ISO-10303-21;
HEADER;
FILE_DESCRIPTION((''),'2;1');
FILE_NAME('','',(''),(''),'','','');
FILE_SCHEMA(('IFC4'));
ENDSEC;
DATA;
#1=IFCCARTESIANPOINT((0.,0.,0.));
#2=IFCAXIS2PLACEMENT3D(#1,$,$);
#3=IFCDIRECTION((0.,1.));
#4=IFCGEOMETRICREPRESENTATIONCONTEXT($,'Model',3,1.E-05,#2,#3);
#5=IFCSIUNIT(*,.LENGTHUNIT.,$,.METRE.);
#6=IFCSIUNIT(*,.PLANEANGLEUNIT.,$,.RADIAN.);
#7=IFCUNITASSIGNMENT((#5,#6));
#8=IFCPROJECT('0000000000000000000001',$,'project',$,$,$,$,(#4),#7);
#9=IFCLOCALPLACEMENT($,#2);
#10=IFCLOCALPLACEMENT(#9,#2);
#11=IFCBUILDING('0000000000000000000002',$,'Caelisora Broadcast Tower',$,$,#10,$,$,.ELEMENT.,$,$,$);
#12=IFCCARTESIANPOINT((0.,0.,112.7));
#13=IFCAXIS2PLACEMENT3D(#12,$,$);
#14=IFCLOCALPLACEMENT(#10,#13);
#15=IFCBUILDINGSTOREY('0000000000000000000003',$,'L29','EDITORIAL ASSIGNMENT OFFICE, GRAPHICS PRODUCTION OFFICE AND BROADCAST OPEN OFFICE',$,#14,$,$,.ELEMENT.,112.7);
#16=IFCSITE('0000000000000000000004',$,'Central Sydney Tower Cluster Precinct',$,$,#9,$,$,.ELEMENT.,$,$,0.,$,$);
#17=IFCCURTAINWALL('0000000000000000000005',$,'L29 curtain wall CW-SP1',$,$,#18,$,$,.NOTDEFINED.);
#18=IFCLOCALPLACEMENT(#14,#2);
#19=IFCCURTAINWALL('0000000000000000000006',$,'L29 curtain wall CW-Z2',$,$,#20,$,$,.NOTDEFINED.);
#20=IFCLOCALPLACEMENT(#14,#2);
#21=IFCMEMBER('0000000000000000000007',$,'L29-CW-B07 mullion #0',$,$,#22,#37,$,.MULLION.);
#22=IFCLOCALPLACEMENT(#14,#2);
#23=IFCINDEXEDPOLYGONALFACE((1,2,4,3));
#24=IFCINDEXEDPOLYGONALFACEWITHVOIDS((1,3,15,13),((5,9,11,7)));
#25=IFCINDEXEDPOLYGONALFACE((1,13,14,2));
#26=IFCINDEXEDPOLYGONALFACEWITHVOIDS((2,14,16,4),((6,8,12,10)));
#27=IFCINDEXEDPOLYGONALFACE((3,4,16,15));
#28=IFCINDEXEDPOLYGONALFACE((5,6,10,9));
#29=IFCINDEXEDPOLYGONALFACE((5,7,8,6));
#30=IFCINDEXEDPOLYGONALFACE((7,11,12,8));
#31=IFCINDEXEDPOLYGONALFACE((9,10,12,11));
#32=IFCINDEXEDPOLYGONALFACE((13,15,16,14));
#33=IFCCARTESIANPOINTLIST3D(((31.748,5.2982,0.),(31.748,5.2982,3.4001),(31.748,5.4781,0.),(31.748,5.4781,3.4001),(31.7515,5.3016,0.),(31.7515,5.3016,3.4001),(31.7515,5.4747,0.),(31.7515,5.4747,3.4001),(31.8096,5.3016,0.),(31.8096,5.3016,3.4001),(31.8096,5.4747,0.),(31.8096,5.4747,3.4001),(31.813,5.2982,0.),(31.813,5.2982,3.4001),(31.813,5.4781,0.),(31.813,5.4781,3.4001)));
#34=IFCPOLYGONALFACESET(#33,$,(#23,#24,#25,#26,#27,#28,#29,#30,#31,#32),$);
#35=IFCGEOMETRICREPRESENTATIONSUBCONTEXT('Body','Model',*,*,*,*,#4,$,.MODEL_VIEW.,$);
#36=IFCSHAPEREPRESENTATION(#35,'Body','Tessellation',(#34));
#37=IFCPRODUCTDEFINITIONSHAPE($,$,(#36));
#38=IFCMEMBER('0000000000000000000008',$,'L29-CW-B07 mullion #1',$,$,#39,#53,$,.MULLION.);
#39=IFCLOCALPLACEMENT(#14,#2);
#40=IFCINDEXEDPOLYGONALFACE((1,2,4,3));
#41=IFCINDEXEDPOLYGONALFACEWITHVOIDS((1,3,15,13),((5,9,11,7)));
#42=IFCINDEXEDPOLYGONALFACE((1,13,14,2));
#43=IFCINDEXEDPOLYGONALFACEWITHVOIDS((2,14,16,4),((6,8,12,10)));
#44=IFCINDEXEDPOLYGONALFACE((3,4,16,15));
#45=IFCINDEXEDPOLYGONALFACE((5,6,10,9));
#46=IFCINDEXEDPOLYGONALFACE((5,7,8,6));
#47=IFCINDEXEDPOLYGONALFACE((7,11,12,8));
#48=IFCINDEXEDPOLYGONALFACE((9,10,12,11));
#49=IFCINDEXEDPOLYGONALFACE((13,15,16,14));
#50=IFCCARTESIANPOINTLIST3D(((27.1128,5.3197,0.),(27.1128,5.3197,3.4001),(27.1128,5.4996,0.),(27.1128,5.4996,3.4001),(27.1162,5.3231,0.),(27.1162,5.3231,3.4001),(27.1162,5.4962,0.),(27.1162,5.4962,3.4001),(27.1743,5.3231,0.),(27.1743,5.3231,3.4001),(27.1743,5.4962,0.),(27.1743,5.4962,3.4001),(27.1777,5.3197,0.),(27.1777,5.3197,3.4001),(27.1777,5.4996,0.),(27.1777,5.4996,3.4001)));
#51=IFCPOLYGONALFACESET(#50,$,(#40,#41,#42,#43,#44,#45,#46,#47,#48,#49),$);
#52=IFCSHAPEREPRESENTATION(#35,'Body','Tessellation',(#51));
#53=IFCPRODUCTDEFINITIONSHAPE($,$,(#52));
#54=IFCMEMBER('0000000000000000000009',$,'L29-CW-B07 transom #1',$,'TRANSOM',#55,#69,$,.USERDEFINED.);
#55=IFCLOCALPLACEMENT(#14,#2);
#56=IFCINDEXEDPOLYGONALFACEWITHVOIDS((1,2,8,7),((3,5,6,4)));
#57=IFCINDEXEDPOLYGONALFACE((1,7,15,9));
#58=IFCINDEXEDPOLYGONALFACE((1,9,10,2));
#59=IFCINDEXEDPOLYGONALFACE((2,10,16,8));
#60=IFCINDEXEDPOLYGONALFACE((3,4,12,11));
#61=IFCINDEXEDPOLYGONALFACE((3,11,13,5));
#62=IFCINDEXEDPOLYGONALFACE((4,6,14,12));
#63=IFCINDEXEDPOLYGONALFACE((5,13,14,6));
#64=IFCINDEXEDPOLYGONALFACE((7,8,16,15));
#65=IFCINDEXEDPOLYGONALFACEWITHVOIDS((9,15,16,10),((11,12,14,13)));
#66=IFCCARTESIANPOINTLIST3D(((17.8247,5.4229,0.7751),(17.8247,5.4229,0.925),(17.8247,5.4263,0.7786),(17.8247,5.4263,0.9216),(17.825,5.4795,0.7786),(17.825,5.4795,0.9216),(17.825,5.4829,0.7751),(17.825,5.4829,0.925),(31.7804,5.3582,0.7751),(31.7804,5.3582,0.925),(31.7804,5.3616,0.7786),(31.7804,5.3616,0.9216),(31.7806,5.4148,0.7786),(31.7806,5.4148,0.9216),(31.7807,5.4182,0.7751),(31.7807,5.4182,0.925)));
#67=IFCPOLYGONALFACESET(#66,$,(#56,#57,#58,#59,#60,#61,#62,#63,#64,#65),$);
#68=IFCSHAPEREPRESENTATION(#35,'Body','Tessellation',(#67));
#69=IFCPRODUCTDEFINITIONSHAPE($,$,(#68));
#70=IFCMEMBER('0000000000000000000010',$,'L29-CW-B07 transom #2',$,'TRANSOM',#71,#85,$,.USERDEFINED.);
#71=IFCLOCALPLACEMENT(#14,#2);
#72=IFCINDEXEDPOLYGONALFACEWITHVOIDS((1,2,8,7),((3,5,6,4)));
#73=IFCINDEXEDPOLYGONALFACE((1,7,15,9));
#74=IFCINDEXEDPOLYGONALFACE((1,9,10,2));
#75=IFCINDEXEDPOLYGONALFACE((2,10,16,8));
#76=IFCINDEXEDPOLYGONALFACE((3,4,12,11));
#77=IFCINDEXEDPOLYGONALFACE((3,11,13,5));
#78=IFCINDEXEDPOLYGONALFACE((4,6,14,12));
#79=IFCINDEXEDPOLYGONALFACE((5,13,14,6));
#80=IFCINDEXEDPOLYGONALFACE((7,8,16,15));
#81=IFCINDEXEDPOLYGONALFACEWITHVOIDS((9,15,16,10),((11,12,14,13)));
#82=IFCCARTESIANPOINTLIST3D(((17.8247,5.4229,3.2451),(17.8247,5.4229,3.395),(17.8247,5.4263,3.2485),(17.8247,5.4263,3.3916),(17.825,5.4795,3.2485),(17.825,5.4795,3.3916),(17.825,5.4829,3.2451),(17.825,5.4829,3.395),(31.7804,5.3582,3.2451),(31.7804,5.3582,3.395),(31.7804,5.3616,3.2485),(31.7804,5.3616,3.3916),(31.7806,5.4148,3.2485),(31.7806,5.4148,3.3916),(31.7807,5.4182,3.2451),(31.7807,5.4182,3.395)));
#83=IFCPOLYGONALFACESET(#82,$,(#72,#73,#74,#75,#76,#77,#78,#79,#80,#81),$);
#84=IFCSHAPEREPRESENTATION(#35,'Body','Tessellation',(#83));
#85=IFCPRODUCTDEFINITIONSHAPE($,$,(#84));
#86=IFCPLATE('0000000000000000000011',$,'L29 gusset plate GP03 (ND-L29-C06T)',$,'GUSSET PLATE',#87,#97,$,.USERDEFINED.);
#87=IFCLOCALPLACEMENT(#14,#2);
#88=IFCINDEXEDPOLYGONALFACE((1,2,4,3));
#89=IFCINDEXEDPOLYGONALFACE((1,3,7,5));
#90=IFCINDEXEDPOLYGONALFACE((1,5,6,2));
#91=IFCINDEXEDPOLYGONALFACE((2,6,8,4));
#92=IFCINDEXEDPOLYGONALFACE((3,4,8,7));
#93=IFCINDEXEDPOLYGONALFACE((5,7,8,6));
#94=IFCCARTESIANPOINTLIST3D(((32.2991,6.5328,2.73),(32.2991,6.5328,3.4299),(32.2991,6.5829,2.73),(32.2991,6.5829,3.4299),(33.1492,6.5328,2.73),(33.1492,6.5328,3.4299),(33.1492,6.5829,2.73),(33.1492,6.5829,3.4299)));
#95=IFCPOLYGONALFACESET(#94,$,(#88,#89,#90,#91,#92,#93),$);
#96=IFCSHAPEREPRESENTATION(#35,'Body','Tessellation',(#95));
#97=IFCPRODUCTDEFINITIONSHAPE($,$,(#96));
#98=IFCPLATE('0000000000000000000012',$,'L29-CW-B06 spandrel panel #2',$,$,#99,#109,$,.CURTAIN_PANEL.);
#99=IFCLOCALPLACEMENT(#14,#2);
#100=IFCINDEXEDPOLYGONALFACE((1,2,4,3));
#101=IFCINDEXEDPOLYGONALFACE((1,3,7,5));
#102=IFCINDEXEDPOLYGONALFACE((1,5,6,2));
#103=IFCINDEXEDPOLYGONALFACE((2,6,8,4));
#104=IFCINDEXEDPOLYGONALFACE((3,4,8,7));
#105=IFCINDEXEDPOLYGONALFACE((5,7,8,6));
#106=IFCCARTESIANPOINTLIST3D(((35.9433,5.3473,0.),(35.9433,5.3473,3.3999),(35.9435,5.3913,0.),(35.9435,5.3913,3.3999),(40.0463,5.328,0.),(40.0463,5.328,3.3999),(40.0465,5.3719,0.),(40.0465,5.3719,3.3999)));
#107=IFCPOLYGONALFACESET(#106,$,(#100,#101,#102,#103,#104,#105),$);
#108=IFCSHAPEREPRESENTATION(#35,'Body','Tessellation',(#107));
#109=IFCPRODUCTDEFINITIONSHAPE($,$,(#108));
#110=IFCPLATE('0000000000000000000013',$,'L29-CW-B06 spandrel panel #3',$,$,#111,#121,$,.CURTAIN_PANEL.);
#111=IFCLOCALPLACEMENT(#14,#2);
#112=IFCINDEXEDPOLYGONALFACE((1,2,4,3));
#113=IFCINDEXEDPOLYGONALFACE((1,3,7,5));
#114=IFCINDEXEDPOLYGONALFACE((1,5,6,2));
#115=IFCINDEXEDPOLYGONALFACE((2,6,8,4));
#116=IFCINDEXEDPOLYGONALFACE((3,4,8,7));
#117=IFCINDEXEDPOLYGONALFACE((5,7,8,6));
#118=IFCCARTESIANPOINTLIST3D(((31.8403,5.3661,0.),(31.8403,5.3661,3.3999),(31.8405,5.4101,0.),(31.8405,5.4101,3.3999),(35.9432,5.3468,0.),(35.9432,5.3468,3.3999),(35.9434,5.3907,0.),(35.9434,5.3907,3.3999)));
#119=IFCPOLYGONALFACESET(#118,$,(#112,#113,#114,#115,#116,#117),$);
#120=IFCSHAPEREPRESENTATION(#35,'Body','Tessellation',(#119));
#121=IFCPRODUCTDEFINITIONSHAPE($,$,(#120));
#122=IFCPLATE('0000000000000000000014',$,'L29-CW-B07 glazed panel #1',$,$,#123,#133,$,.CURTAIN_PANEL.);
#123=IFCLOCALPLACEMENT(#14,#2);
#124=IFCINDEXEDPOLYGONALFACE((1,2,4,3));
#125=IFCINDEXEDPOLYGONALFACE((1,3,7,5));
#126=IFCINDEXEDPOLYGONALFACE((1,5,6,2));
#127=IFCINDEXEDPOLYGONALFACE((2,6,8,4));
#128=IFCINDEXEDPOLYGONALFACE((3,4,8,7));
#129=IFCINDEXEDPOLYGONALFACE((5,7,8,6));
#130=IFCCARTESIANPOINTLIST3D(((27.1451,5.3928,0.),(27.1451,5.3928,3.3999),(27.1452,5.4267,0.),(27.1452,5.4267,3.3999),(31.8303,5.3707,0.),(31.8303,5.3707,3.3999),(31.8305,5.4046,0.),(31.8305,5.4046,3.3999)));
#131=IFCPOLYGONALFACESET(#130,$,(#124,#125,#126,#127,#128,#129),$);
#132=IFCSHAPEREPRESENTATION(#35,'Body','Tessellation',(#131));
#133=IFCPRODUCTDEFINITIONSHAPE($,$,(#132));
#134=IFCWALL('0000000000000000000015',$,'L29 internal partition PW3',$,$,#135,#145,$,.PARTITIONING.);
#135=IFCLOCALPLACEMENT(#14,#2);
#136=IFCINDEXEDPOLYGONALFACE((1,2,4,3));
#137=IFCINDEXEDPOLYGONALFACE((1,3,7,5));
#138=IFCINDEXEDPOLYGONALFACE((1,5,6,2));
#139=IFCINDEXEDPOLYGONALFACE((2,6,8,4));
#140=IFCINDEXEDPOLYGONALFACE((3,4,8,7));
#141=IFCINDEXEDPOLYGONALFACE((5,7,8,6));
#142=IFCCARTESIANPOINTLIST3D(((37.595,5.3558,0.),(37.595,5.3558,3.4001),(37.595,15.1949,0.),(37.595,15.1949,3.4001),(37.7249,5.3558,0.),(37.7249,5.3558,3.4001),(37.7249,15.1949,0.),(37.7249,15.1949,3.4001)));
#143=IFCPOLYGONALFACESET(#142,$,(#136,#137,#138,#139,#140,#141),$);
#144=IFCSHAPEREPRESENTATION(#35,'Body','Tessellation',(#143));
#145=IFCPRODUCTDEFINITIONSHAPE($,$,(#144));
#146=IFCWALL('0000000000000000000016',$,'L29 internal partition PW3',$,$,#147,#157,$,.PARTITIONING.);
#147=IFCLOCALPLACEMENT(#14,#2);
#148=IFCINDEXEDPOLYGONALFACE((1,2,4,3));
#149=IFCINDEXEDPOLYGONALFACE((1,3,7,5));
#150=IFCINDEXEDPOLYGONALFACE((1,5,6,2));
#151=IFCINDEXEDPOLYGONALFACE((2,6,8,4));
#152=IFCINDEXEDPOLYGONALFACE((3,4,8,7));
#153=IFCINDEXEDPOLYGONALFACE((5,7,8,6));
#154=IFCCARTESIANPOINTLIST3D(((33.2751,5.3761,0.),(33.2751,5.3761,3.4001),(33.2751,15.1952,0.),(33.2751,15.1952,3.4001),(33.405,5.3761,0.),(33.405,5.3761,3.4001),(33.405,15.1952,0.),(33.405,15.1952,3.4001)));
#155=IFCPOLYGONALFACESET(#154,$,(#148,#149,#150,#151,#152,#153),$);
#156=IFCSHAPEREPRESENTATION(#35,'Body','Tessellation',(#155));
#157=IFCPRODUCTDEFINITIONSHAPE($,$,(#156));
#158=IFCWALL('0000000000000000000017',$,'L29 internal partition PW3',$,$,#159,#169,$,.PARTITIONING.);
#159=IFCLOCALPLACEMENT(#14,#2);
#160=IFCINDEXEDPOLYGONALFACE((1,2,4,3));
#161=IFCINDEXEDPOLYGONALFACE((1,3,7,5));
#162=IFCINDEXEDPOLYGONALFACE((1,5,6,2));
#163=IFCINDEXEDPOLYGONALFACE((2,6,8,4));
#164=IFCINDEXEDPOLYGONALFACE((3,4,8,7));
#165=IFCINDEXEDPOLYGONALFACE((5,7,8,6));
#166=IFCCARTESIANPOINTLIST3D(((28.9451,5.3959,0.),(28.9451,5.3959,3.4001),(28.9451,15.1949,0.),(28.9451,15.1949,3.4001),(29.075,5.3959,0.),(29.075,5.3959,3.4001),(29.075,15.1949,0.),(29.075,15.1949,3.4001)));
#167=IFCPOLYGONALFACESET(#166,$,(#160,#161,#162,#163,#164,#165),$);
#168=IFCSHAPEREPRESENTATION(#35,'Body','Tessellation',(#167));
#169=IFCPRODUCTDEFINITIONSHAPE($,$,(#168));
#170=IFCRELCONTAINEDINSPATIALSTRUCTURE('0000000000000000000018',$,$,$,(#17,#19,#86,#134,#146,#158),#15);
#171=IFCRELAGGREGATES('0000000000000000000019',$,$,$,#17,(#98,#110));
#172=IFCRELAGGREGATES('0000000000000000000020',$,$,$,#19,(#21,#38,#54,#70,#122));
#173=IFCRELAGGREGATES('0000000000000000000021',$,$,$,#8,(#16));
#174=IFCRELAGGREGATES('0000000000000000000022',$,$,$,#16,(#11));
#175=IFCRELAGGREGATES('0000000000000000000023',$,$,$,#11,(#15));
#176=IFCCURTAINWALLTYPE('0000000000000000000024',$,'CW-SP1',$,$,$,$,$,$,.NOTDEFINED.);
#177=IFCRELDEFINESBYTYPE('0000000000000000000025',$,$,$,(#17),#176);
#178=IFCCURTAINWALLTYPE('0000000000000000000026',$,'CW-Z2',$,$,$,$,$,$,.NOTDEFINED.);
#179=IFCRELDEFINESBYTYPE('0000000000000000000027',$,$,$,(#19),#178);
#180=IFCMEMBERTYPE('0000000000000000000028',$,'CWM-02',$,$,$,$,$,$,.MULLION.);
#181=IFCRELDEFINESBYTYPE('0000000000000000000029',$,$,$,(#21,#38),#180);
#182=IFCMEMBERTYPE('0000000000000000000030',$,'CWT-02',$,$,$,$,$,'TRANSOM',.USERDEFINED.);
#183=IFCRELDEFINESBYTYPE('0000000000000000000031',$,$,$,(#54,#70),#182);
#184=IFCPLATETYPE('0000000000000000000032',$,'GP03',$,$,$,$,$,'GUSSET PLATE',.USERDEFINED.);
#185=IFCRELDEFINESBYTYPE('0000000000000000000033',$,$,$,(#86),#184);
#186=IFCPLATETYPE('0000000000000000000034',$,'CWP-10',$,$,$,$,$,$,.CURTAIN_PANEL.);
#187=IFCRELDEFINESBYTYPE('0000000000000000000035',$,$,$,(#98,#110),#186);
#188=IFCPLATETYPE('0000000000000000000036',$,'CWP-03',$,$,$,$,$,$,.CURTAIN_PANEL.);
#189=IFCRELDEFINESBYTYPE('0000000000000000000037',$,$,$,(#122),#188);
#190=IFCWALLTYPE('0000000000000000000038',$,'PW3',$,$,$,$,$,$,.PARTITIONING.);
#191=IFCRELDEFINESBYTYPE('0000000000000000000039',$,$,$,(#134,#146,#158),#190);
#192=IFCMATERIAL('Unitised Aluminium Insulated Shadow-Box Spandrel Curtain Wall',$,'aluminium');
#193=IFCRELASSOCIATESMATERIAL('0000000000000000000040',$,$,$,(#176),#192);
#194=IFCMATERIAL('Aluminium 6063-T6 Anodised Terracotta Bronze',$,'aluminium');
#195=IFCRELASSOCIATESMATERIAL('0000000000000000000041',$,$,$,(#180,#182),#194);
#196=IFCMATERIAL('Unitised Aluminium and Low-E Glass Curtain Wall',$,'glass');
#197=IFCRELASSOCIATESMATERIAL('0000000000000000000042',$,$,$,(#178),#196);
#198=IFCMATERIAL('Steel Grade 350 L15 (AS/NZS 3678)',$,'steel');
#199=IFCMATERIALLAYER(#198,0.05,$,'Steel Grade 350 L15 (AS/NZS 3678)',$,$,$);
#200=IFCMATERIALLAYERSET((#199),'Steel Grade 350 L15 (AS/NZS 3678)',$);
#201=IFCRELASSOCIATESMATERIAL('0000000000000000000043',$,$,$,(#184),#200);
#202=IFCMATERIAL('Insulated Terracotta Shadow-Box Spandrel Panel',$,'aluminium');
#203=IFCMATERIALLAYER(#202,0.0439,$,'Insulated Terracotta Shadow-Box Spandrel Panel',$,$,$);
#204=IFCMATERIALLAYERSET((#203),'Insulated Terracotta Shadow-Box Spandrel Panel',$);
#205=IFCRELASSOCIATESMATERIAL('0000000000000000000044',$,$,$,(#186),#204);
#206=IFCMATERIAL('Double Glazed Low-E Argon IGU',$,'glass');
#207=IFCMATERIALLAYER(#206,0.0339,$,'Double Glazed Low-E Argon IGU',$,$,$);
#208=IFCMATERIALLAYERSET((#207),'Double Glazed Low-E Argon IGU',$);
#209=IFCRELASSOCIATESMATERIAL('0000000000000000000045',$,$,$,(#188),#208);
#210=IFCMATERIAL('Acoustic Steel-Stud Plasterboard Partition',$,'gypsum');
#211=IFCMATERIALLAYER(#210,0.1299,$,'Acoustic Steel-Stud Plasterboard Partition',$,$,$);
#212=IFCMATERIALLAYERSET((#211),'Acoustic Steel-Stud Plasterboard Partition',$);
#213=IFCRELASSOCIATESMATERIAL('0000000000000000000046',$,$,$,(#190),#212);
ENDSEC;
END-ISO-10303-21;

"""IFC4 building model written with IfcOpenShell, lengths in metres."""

from ifc_helpers import new_model, si_unit, direction, frame, frame_2d, origin, origin_2d, place, context, subcontext, project, spatial, rectangle, hollow_rectangle, extrude, source, transform, mapped, material, layer, layer_set, material_profile, profile_set, type_object, type_shapes, element, aggregate, save


model = new_model("IFC4")

# Units and contexts
model_context = context("Model", 3, precision=1e-05, world=origin(), true_north=direction((0.0, 1.0)))
body_context = subcontext(model_context, "Body", "Model", "MODEL_VIEW")
ifc_project = project(units=[si_unit("LENGTHUNIT", "METRE"), si_unit("PLANEANGLEUNIT", "RADIAN")], contexts=[model_context])

# Site, building, storey
site_placement = place(None, origin())
site = spatial("IfcSite", under=ifc_project, at=site_placement, Name="Central Sydney Tower Cluster Precinct", CompositionType="ELEMENT", RefElevation=0.0)
building_placement = place(site_placement, origin())
building = spatial("IfcBuilding", under=site, at=building_placement, Name="Caelisora Broadcast Tower", CompositionType="ELEMENT")
storey_placement = place(building_placement, frame((0.0, 0.0, 112.7)))
storey = spatial("IfcBuildingStorey", under=building, at=storey_placement, Name="L29", Description="EDITORIAL ASSIGNMENT OFFICE, GRAPHICS PRODUCTION OFFICE AND BROADCAST OPEN OFFICE", CompositionType="ELEMENT", Elevation=112.7)

# Shared definitions
ifc_material_1 = material(Name="Steel Grade 350 L15 (AS/NZS 3678)", Category="steel")

# Curtain walls, members
ifc_material_2 = material(Name="Unitised Aluminium Insulated Shadow-Box Spandrel Curtain Wall", Category="aluminium")
curtain_wall_type_1 = type_object("IfcCurtainWallType", Name="CW-SP1", PredefinedType="NOTDEFINED", material=ifc_material_2)
curtain_wall_1_placement = place(storey_placement, origin())
curtain_wall_1 = element("IfcCurtainWall", 1, at=curtain_wall_1_placement, inside=storey, type_object=curtain_wall_type_1, Name="L29 curtain wall CW-SP1", PredefinedType="NOTDEFINED")
ifc_material_3 = material(Name="Aluminium 6063-T6 Anodised Terracotta Bronze", Category="aluminium")
ifc_material_profile_1 = material_profile(ifc_material_3, hollow_rectangle(XDim=0.0649, YDim=0.1799, WallThickness=0.0034, at=origin_2d()), Name="Aluminium 6063-T6 Anodised Terracotta Bronze")
ifc_profile_set_1 = profile_set([ifc_material_profile_1], Name="Aluminium 6063-T6 Anodised Terracotta Bronze")
member_type_1 = type_object("IfcMemberType", Name="CWM-02", PredefinedType="MULLION", material=ifc_profile_set_1)
shared_shape_1 = source(origin(), body_context, "Body", "SweptSolid", [
    extrude(hollow_rectangle(XDim=0.0649, YDim=0.1799, WallThickness=0.0034, at=origin_2d()), origin(), (0.0, 0.0, 1.0), 3.4001),
])
type_shapes(member_type_1, [shared_shape_1])
ifc_material_4 = material(Name="Unitised Aluminium and Low-E Glass Curtain Wall", Category="glass")
curtain_wall_type_2 = type_object("IfcCurtainWallType", Name="CW-Z2", PredefinedType="NOTDEFINED", material=ifc_material_4)
curtain_wall_2_placement = place(storey_placement, origin())
curtain_wall_2 = element("IfcCurtainWall", 2, at=curtain_wall_2_placement, inside=storey, type_object=curtain_wall_type_2, Name="L29 curtain wall CW-Z2", PredefinedType="NOTDEFINED")
member_1_placement = place(storey_placement, frame((31.7805, 5.3882, 0.0), z_axis=(0.0, 0.0, 1.0), x_axis=(1.0, 0.0, 0.0)))
member_1 = element("IfcMember", 3, at=member_1_placement, type_object=member_type_1, Name="L29-CW-B07 mullion #0", PredefinedType="MULLION", context=body_context, shape_type="MappedRepresentation", body=[
    mapped(shared_shape_1, transform((0.0, 0.0, 0.0), scale=1.0)),
])
member_2_placement = place(storey_placement, frame((27.1453, 5.4097, 0.0), z_axis=(0.0, 0.0, 1.0), x_axis=(1.0, 0.0, 0.0)))
member_2 = element("IfcMember", 4, at=member_2_placement, type_object=member_type_1, Name="L29-CW-B07 mullion #1", PredefinedType="MULLION", context=body_context, shape_type="MappedRepresentation", body=[
    mapped(shared_shape_1, transform((0.0, 0.0, 0.0), scale=1.0)),
])
ifc_material_profile_2 = material_profile(ifc_material_3, hollow_rectangle(XDim=0.0601, YDim=0.1499, WallThickness=0.0034, at=origin_2d()), Name="Aluminium 6063-T6 Anodised Terracotta Bronze")
ifc_profile_set_2 = profile_set([ifc_material_profile_2], Name="Aluminium 6063-T6 Anodised Terracotta Bronze")
member_type_2 = type_object("IfcMemberType", Name="CWT-02", ElementType="TRANSOM", PredefinedType="USERDEFINED", material=ifc_profile_set_2)
shared_shape_2 = source(origin(), body_context, "Body", "SweptSolid", [
    extrude(hollow_rectangle(XDim=0.0601, YDim=0.1499, WallThickness=0.0034, at=origin_2d()), origin(), (0.0, 0.0, 1.0), 13.9558),
])
type_shapes(member_type_2, [shared_shape_2])
member_3_placement = place(storey_placement, frame((31.7805, 5.3882, 0.8501), z_axis=(-0.999989, 0.004636, 0.0), x_axis=(-0.004636, -0.999989, 0.0)))
member_3 = element("IfcMember", 5, at=member_3_placement, type_object=member_type_2, Name="L29-CW-B07 transom #1", ObjectType="TRANSOM", PredefinedType="USERDEFINED", context=body_context, shape_type="MappedRepresentation", body=[
    mapped(shared_shape_2, transform((0.0, 0.0, 0.0), scale=1.0)),
])
member_4_placement = place(storey_placement, frame((31.7805, 5.3882, 3.3201), z_axis=(-0.999989, 0.004636, 0.0), x_axis=(-0.004636, -0.999989, 0.0)))
member_4 = element("IfcMember", 6, at=member_4_placement, type_object=member_type_2, Name="L29-CW-B07 transom #2", ObjectType="TRANSOM", PredefinedType="USERDEFINED", context=body_context, shape_type="MappedRepresentation", body=[
    mapped(shared_shape_2, transform((0.0, 0.0, 0.0), scale=1.0)),
])

# Plates
ifc_layer_1 = layer(ifc_material_1, 0.05, Name="Steel Grade 350 L15 (AS/NZS 3678)")
ifc_layer_set_1 = layer_set([ifc_layer_1], Name="Steel Grade 350 L15 (AS/NZS 3678)")
plate_type_1 = type_object("IfcPlateType", Name="GP03", ElementType="GUSSET PLATE", PredefinedType="USERDEFINED", material=ifc_layer_set_1)
shared_shape_3 = source(origin(), body_context, "Body", "SweptSolid", [
    extrude(rectangle(XDim=0.8501, YDim=0.05, at=origin_2d()), origin(), (0.0, 0.0, 1.0), 0.7),
])
type_shapes(plate_type_1, [shared_shape_3])
plate_1_placement = place(storey_placement, frame((32.7241, 6.5579, 2.73), z_axis=(0.0, 0.0, 1.0), x_axis=(1.0, 0.0, 0.0)))
element("IfcPlate", 7, at=plate_1_placement, inside=storey, type_object=plate_type_1, Name="L29 gusset plate GP03 (ND-L29-C06T)", ObjectType="GUSSET PLATE", PredefinedType="USERDEFINED", context=body_context, shape_type="MappedRepresentation", body=[
    mapped(shared_shape_3, transform((0.0, 0.0, 0.0), scale=1.0)),
])
ifc_material_5 = material(Name="Insulated Terracotta Shadow-Box Spandrel Panel", Category="aluminium")
ifc_layer_2 = layer(ifc_material_5, 0.0439, Name="Insulated Terracotta Shadow-Box Spandrel Panel")
ifc_layer_set_2 = layer_set([ifc_layer_2], Name="Insulated Terracotta Shadow-Box Spandrel Panel")
plate_type_2 = type_object("IfcPlateType", Name="CWP-10", PredefinedType="CURTAIN_PANEL", material=ifc_layer_set_2)
shared_shape_4 = source(origin(), body_context, "Body", "SweptSolid", [
    extrude(rectangle(XDim=4.103, YDim=0.0439, at=origin_2d()), origin(), (0.0, 0.0, 1.0), 3.3999),
])
type_shapes(plate_type_2, [shared_shape_4])
plate_2_placement = place(storey_placement, frame((37.9949, 5.3596, 0.0), z_axis=(0.0, 0.0, 1.0), x_axis=(-0.999989, 0.004712, 0.0)))
plate_2 = element("IfcPlate", 8, at=plate_2_placement, type_object=plate_type_2, Name="L29-CW-B06 spandrel panel #2", PredefinedType="CURTAIN_PANEL", context=body_context, shape_type="MappedRepresentation", body=[
    mapped(shared_shape_4, transform((0.0, 0.0, 0.0), scale=1.0)),
])
plate_3_placement = place(storey_placement, frame((33.8918, 5.3784, 0.0), z_axis=(0.0, 0.0, 1.0), x_axis=(-0.999989, 0.004712, 0.0)))
plate_3 = element("IfcPlate", 9, at=plate_3_placement, type_object=plate_type_2, Name="L29-CW-B06 spandrel panel #3", PredefinedType="CURTAIN_PANEL", context=body_context, shape_type="MappedRepresentation", body=[
    mapped(shared_shape_4, transform((0.0, 0.0, 0.0), scale=1.0)),
])
aggregate(curtain_wall_1, [plate_2, plate_3])
ifc_material_6 = material(Name="Double Glazed Low-E Argon IGU", Category="glass")
ifc_layer_3 = layer(ifc_material_6, 0.0339, Name="Double Glazed Low-E Argon IGU")
ifc_layer_set_3 = layer_set([ifc_layer_3], Name="Double Glazed Low-E Argon IGU")
plate_type_3 = type_object("IfcPlateType", Name="CWP-03", PredefinedType="CURTAIN_PANEL", material=ifc_layer_set_3)
shared_shape_5 = source(origin(), body_context, "Body", "SweptSolid", [
    extrude(rectangle(XDim=4.6853, YDim=0.0339, at=origin_2d()), origin(), (0.0, 0.0, 1.0), 3.3999),
])
type_shapes(plate_type_3, [shared_shape_5])
plate_4_placement = place(storey_placement, frame((29.4878, 5.3987, 0.0), z_axis=(0.0, 0.0, 1.0), x_axis=(-0.999989, 0.004712, 0.0)))
plate_4 = element("IfcPlate", 10, at=plate_4_placement, type_object=plate_type_3, Name="L29-CW-B07 glazed panel #1", PredefinedType="CURTAIN_PANEL", context=body_context, shape_type="MappedRepresentation", body=[
    mapped(shared_shape_5, transform((0.0, 0.0, 0.0), scale=1.0)),
])
aggregate(curtain_wall_2, [member_1, member_2, member_3, member_4, plate_4])

# Walls
ifc_material_7 = material(Name="Acoustic Steel-Stud Plasterboard Partition", Category="gypsum")
ifc_layer_4 = layer(ifc_material_7, 0.1299, Name="Acoustic Steel-Stud Plasterboard Partition")
ifc_layer_set_4 = layer_set([ifc_layer_4], Name="Acoustic Steel-Stud Plasterboard Partition")
wall_type = type_object("IfcWallType", Name="PW3", PredefinedType="PARTITIONING", material=ifc_layer_set_4)
wall_1_placement = place(storey_placement, frame((37.6599, 5.356, 0.0), z_axis=(0.0, 0.0, 1.0), x_axis=(0.0, 1.0, 0.0)))
element("IfcWall", 11, at=wall_1_placement, inside=storey, type_object=wall_type, Name="L29 internal partition PW3", PredefinedType="PARTITIONING", context=body_context, shape_type="SweptSolid", body=[
    extrude(rectangle(XDim=9.8391, YDim=0.1299, at=frame_2d((4.9194, 0.0))), origin(), (0.0, 0.0, 1.0), 3.4001),
])
wall_2_placement = place(storey_placement, frame((33.3401, 5.376, 0.0), z_axis=(0.0, 0.0, 1.0), x_axis=(0.0, 1.0, 0.0)))
element("IfcWall", 12, at=wall_2_placement, inside=storey, type_object=wall_type, Name="L29 internal partition PW3", PredefinedType="PARTITIONING", context=body_context, shape_type="SweptSolid", body=[
    extrude(rectangle(XDim=9.8191, YDim=0.1299, at=frame_2d((4.9097, 0.0))), origin(), (0.0, 0.0, 1.0), 3.4001),
])
wall_3_placement = place(storey_placement, frame((29.01, 5.396, 0.0), z_axis=(0.0, 0.0, 1.0), x_axis=(0.0, 1.0, 0.0)))
element("IfcWall", 13, at=wall_3_placement, inside=storey, type_object=wall_type, Name="L29 internal partition PW3", PredefinedType="PARTITIONING", context=body_context, shape_type="SweptSolid", body=[
    extrude(rectangle(XDim=9.7991, YDim=0.1299, at=frame_2d((4.8994, 0.0))), origin(), (0.0, 0.0, 1.0), 3.4001),
])

save(model, "model.ifc")
